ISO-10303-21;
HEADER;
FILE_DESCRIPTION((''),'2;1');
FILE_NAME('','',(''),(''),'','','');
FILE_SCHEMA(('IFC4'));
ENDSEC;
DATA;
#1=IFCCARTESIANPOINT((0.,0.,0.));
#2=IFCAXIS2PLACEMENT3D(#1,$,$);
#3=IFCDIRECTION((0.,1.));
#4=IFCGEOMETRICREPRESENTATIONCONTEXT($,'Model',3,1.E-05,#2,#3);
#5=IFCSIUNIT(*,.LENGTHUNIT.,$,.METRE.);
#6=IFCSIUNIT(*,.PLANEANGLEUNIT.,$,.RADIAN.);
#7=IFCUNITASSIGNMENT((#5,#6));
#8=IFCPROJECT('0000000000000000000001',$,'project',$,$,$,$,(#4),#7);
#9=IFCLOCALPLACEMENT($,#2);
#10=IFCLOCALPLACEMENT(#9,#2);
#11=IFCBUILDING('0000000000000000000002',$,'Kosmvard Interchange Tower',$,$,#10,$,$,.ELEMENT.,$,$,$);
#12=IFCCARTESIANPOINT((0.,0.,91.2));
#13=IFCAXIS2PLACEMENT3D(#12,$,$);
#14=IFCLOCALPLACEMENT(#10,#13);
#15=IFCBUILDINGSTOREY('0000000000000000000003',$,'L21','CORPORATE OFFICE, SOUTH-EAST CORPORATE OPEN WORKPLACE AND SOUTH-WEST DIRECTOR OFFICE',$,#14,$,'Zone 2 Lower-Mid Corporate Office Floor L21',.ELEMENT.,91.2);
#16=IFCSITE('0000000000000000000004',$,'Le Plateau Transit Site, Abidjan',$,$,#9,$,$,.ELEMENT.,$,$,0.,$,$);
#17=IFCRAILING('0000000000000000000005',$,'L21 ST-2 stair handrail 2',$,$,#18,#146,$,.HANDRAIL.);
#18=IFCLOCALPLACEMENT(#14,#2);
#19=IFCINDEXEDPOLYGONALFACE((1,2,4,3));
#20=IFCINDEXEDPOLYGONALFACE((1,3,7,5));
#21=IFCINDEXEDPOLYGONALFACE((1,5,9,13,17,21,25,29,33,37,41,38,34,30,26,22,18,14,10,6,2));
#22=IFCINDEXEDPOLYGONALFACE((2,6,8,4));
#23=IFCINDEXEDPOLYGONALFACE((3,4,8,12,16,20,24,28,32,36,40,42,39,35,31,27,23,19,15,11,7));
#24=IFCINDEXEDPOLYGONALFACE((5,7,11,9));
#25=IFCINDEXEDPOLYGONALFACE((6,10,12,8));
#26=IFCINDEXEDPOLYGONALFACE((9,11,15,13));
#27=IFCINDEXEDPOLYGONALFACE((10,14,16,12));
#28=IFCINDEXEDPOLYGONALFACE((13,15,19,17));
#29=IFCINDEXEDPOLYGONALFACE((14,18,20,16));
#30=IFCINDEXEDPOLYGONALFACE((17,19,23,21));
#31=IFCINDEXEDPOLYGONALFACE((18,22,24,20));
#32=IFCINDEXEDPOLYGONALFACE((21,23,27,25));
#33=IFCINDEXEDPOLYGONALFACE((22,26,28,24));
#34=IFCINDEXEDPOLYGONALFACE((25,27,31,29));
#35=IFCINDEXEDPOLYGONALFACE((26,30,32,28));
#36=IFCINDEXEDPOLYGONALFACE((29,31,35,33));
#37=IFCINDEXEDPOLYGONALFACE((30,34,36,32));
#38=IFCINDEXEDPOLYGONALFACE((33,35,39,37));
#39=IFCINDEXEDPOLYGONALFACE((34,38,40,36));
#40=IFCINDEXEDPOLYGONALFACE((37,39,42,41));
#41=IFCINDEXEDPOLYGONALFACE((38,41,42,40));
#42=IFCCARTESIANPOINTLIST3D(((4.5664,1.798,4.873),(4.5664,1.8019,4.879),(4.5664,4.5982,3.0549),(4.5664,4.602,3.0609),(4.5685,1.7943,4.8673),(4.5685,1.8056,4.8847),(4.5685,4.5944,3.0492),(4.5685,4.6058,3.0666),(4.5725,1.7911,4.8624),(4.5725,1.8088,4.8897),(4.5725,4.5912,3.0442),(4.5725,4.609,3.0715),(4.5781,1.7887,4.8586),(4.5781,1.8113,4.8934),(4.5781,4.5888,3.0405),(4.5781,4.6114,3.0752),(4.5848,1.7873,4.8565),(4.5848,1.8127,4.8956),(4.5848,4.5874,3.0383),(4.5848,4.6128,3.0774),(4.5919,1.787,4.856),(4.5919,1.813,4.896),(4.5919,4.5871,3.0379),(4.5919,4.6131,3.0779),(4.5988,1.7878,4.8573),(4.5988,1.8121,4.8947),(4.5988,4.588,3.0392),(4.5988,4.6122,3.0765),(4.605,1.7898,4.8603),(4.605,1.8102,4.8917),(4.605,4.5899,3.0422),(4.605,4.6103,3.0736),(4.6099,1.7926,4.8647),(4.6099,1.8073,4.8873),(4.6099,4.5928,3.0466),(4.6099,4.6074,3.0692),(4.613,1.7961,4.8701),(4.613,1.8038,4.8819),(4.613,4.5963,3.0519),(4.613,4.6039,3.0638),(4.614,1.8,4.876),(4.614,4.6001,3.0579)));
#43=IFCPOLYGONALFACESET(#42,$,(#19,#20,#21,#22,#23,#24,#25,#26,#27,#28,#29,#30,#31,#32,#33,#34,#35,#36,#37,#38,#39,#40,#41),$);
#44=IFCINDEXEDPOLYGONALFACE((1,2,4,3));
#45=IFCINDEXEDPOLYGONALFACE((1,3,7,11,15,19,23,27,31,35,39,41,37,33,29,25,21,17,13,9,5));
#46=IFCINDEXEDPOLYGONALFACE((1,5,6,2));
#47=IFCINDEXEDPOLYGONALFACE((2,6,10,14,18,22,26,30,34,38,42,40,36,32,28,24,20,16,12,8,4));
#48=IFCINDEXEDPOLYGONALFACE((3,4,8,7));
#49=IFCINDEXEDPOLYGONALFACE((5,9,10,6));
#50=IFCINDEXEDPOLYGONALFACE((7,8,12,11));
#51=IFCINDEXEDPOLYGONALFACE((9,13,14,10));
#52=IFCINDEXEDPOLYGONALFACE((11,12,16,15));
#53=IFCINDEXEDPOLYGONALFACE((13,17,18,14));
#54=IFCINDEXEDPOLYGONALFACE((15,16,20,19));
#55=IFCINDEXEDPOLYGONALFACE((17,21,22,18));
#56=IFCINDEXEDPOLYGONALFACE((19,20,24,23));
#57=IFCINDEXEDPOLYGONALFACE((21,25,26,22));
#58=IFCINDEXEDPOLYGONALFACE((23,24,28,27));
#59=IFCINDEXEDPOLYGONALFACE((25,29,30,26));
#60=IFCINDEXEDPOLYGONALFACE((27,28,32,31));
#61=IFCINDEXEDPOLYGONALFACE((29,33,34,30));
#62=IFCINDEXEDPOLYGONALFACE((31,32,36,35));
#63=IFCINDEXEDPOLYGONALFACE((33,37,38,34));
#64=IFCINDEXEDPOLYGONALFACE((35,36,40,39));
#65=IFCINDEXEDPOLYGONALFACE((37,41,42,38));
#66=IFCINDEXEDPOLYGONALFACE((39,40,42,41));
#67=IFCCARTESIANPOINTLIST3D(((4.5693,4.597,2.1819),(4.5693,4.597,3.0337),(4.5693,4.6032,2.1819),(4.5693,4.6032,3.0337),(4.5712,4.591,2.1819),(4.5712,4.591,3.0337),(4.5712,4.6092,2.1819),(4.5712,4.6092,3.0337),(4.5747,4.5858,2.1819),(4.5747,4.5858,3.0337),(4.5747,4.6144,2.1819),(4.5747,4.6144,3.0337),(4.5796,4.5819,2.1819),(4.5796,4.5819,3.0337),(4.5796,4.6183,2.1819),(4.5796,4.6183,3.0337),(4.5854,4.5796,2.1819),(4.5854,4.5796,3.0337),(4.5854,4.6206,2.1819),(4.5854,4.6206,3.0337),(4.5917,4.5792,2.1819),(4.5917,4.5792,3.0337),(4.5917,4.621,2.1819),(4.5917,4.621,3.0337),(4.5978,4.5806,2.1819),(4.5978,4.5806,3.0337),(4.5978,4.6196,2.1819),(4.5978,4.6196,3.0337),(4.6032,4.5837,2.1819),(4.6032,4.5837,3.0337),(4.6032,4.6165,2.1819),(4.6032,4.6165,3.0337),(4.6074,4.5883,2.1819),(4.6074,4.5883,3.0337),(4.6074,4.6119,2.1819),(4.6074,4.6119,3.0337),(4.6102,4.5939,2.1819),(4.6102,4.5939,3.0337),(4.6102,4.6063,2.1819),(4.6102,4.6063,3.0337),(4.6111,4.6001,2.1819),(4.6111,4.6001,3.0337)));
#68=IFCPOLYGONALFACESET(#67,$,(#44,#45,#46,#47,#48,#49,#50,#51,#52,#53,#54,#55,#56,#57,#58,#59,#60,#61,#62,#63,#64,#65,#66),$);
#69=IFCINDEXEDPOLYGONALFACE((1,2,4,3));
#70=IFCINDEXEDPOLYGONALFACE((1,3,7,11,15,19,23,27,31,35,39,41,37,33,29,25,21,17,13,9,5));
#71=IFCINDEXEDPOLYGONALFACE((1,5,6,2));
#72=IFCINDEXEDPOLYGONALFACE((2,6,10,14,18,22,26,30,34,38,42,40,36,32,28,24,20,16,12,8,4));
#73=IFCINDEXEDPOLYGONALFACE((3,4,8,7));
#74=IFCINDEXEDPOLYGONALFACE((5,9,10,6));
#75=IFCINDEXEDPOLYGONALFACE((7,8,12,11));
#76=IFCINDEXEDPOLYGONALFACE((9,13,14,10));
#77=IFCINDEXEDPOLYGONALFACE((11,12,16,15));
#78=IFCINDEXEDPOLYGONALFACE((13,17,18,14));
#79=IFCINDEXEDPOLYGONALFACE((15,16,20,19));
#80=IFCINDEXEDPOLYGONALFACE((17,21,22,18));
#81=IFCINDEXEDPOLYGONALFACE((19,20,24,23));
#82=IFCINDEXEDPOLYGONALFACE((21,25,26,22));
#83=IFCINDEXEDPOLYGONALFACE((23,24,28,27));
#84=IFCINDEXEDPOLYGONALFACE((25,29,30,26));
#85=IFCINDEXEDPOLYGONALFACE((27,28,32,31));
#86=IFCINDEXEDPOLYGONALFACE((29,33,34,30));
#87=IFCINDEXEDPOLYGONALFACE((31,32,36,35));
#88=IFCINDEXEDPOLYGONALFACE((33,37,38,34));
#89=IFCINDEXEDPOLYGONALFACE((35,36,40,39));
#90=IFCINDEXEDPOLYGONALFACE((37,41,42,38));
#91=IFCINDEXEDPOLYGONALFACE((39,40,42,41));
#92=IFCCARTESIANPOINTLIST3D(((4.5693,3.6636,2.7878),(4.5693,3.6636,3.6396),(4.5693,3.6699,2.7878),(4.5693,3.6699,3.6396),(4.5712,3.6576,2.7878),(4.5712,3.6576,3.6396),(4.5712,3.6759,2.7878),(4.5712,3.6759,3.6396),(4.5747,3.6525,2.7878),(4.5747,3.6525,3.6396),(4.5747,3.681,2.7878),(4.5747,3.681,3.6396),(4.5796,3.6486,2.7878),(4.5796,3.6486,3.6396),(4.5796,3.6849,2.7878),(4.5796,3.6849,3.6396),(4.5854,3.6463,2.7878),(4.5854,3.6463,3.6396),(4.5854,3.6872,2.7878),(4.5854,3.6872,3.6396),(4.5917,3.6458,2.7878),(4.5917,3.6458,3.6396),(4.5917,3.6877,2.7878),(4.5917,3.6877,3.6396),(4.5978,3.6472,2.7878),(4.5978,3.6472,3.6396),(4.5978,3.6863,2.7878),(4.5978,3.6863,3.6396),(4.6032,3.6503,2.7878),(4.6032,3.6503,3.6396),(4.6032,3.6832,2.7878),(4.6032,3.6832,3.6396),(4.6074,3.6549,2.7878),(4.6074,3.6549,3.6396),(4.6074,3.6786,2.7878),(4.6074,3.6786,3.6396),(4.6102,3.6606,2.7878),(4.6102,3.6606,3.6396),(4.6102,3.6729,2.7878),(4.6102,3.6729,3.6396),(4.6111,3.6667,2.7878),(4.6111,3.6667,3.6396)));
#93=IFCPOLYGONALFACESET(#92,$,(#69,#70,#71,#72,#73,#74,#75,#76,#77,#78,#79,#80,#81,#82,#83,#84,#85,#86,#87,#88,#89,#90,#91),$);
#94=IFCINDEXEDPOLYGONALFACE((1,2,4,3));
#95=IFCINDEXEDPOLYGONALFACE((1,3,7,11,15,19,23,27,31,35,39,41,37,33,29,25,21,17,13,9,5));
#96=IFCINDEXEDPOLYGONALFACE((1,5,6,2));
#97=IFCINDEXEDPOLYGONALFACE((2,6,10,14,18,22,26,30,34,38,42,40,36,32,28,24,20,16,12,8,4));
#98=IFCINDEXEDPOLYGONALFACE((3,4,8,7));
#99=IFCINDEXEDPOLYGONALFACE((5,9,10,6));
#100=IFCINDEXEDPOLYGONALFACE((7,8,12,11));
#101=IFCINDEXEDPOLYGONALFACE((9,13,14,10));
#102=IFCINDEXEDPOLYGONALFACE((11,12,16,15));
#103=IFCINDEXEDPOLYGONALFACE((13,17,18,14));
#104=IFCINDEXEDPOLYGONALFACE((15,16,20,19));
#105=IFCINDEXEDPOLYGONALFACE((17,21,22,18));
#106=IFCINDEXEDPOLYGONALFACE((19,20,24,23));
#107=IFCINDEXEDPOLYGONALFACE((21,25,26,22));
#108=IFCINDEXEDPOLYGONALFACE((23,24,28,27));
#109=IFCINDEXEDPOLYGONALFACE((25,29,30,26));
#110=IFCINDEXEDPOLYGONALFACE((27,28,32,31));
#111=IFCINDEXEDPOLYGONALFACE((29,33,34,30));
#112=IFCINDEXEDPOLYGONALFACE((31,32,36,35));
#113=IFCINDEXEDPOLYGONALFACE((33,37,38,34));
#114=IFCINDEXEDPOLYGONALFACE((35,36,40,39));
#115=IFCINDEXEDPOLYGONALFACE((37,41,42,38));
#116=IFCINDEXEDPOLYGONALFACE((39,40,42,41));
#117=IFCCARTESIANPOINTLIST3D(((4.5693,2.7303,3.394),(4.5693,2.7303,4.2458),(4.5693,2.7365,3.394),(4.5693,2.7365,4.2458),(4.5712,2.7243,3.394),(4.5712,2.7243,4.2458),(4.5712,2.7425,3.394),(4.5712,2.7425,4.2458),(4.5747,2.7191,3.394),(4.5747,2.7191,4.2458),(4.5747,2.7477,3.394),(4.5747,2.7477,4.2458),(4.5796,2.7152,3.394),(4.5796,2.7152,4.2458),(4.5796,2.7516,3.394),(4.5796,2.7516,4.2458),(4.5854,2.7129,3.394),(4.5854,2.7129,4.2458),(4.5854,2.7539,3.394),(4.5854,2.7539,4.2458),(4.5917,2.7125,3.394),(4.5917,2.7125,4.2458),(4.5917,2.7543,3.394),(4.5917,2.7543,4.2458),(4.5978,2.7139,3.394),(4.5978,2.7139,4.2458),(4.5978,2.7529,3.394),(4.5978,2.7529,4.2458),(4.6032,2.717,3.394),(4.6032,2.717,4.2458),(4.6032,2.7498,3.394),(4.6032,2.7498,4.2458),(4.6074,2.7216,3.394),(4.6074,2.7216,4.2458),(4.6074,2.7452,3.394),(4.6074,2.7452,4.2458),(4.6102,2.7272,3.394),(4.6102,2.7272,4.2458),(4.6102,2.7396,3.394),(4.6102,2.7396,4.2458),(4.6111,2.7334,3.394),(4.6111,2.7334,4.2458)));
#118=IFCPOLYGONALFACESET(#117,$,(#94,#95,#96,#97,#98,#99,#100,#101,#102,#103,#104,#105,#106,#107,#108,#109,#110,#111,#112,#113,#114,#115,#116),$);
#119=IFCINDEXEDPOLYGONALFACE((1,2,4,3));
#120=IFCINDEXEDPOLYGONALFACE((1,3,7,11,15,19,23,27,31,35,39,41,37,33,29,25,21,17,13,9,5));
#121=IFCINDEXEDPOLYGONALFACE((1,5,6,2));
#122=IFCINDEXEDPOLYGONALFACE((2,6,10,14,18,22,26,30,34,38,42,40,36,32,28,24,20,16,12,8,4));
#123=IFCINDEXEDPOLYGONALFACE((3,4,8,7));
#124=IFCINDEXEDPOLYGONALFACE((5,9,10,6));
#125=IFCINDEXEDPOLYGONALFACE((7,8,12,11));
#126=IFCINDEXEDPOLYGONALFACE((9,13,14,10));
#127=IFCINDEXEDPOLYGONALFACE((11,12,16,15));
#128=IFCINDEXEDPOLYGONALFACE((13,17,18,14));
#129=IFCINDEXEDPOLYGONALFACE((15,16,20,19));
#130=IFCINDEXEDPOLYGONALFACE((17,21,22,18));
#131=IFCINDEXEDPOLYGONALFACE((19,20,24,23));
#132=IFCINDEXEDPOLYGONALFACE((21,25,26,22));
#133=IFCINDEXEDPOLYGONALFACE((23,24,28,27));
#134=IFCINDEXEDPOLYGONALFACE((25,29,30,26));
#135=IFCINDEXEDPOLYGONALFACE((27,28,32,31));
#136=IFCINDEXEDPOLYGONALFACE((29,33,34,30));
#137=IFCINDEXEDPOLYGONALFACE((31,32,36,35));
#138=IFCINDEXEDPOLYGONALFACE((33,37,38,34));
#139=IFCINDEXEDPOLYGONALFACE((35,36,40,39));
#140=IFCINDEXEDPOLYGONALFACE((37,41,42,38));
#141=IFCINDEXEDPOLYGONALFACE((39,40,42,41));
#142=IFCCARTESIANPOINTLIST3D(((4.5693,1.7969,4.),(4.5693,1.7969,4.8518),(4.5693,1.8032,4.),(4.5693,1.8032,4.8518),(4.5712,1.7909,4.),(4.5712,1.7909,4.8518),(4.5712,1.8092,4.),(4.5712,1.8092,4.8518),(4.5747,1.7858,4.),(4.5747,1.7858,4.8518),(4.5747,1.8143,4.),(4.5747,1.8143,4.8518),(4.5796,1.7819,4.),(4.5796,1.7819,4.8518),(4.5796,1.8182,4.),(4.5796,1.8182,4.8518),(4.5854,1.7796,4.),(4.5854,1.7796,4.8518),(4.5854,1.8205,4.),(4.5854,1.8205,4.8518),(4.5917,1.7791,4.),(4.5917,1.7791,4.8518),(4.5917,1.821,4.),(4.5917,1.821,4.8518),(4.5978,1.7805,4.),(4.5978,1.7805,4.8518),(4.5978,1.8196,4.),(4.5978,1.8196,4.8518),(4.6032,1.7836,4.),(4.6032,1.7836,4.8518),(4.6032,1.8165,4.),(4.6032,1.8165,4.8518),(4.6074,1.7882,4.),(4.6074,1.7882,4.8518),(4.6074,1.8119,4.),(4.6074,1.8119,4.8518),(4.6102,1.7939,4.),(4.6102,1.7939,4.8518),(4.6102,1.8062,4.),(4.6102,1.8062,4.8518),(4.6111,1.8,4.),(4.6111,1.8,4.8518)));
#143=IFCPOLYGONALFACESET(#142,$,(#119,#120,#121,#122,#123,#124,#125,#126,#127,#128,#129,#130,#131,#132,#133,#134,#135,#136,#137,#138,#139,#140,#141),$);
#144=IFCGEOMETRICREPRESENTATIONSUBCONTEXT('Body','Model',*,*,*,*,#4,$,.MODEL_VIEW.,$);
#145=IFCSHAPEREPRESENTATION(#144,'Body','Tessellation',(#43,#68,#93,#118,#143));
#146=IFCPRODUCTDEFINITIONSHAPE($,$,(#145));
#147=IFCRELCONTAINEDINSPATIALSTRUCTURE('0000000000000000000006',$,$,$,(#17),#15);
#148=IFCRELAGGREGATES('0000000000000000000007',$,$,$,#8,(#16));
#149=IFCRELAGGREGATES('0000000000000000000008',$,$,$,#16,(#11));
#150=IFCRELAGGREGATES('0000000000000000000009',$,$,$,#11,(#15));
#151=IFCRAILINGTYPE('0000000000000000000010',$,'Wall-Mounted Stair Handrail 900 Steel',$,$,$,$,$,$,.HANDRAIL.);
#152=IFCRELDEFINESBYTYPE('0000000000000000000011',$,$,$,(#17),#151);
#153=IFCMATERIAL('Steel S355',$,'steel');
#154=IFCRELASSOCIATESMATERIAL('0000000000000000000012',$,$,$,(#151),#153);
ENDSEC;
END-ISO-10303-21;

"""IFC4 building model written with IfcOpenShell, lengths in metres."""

from ifc_helpers import new_model, si_unit, direction, frame, origin, origin_2d, place, context, subcontext, project, spatial, circle, extrude, source, transform, mapped, material, type_object, element, save


model = new_model("IFC4")

# Units and contexts
model_context = context("Model", 3, precision=1e-05, world=origin(), true_north=direction((0.0, 1.0)))
body_context = subcontext(model_context, "Body", "Model", "MODEL_VIEW")
ifc_project = project(units=[si_unit("LENGTHUNIT", "METRE"), si_unit("PLANEANGLEUNIT", "RADIAN")], contexts=[model_context])

# Site, building, storey
site_placement = place(None, origin())
site = spatial("IfcSite", under=ifc_project, at=site_placement, Name="Le Plateau Transit Site, Abidjan", CompositionType="ELEMENT", RefElevation=0.0)
building_placement = place(site_placement, origin())
building = spatial("IfcBuilding", under=site, at=building_placement, Name="Kosmvard Interchange Tower", CompositionType="ELEMENT")
storey_placement = place(building_placement, frame((0.0, 0.0, 91.2)))
storey = spatial("IfcBuildingStorey", under=building, at=storey_placement, Name="L21", Description="CORPORATE OFFICE, SOUTH-EAST CORPORATE OPEN WORKPLACE AND SOUTH-WEST DIRECTOR OFFICE", LongName="Zone 2 Lower-Mid Corporate Office Floor L21", CompositionType="ELEMENT", Elevation=91.2)

# Shared definitions
ifc_material_1 = material(Name="Steel S355", Category="steel")

# Railing
railing_type_1 = type_object("IfcRailingType", Name="Wall-Mounted Stair Handrail 900 Steel", PredefinedType="HANDRAIL", material=ifc_material_1)
shared_shape_1 = source(origin(), body_context, "Body", "SweptSolid", [
    extrude(circle(Radius=0.0239, at=origin_2d()), frame((0.0, 0.0, 0.876), z_axis=(0.0, -0.838706, 0.544585), x_axis=(1.0, 0.0, 0.0)), (0.0, 0.0, 1.0), 3.3386),
    extrude(circle(Radius=0.021, at=origin_2d()), origin(), (0.0, 0.0, 1.0), 0.8518),
    extrude(circle(Radius=0.021, at=origin_2d()), frame((0.0, -0.9333, 0.606)), (0.0, 0.0, 1.0), 0.8518),
    extrude(circle(Radius=0.021, at=origin_2d()), frame((0.0, -1.8667, 1.2122)), (0.0, 0.0, 1.0), 0.8518),
    extrude(circle(Radius=0.021, at=origin_2d()), frame((0.0, -2.8, 1.8181)), (0.0, 0.0, 1.0), 0.8518),
])
railing_1_placement = place(storey_placement, frame((4.5901, 4.6001, 2.1819)))
element("IfcRailing", 1, at=railing_1_placement, inside=storey, type_object=railing_type_1, Name="L21 ST-2 stair handrail 2", PredefinedType="HANDRAIL", context=body_context, shape_type="MappedRepresentation", body=[
    mapped(shared_shape_1, transform((0.0, 0.0, 0.0), scale=1.0)),
])

save(model, "model.ifc")
